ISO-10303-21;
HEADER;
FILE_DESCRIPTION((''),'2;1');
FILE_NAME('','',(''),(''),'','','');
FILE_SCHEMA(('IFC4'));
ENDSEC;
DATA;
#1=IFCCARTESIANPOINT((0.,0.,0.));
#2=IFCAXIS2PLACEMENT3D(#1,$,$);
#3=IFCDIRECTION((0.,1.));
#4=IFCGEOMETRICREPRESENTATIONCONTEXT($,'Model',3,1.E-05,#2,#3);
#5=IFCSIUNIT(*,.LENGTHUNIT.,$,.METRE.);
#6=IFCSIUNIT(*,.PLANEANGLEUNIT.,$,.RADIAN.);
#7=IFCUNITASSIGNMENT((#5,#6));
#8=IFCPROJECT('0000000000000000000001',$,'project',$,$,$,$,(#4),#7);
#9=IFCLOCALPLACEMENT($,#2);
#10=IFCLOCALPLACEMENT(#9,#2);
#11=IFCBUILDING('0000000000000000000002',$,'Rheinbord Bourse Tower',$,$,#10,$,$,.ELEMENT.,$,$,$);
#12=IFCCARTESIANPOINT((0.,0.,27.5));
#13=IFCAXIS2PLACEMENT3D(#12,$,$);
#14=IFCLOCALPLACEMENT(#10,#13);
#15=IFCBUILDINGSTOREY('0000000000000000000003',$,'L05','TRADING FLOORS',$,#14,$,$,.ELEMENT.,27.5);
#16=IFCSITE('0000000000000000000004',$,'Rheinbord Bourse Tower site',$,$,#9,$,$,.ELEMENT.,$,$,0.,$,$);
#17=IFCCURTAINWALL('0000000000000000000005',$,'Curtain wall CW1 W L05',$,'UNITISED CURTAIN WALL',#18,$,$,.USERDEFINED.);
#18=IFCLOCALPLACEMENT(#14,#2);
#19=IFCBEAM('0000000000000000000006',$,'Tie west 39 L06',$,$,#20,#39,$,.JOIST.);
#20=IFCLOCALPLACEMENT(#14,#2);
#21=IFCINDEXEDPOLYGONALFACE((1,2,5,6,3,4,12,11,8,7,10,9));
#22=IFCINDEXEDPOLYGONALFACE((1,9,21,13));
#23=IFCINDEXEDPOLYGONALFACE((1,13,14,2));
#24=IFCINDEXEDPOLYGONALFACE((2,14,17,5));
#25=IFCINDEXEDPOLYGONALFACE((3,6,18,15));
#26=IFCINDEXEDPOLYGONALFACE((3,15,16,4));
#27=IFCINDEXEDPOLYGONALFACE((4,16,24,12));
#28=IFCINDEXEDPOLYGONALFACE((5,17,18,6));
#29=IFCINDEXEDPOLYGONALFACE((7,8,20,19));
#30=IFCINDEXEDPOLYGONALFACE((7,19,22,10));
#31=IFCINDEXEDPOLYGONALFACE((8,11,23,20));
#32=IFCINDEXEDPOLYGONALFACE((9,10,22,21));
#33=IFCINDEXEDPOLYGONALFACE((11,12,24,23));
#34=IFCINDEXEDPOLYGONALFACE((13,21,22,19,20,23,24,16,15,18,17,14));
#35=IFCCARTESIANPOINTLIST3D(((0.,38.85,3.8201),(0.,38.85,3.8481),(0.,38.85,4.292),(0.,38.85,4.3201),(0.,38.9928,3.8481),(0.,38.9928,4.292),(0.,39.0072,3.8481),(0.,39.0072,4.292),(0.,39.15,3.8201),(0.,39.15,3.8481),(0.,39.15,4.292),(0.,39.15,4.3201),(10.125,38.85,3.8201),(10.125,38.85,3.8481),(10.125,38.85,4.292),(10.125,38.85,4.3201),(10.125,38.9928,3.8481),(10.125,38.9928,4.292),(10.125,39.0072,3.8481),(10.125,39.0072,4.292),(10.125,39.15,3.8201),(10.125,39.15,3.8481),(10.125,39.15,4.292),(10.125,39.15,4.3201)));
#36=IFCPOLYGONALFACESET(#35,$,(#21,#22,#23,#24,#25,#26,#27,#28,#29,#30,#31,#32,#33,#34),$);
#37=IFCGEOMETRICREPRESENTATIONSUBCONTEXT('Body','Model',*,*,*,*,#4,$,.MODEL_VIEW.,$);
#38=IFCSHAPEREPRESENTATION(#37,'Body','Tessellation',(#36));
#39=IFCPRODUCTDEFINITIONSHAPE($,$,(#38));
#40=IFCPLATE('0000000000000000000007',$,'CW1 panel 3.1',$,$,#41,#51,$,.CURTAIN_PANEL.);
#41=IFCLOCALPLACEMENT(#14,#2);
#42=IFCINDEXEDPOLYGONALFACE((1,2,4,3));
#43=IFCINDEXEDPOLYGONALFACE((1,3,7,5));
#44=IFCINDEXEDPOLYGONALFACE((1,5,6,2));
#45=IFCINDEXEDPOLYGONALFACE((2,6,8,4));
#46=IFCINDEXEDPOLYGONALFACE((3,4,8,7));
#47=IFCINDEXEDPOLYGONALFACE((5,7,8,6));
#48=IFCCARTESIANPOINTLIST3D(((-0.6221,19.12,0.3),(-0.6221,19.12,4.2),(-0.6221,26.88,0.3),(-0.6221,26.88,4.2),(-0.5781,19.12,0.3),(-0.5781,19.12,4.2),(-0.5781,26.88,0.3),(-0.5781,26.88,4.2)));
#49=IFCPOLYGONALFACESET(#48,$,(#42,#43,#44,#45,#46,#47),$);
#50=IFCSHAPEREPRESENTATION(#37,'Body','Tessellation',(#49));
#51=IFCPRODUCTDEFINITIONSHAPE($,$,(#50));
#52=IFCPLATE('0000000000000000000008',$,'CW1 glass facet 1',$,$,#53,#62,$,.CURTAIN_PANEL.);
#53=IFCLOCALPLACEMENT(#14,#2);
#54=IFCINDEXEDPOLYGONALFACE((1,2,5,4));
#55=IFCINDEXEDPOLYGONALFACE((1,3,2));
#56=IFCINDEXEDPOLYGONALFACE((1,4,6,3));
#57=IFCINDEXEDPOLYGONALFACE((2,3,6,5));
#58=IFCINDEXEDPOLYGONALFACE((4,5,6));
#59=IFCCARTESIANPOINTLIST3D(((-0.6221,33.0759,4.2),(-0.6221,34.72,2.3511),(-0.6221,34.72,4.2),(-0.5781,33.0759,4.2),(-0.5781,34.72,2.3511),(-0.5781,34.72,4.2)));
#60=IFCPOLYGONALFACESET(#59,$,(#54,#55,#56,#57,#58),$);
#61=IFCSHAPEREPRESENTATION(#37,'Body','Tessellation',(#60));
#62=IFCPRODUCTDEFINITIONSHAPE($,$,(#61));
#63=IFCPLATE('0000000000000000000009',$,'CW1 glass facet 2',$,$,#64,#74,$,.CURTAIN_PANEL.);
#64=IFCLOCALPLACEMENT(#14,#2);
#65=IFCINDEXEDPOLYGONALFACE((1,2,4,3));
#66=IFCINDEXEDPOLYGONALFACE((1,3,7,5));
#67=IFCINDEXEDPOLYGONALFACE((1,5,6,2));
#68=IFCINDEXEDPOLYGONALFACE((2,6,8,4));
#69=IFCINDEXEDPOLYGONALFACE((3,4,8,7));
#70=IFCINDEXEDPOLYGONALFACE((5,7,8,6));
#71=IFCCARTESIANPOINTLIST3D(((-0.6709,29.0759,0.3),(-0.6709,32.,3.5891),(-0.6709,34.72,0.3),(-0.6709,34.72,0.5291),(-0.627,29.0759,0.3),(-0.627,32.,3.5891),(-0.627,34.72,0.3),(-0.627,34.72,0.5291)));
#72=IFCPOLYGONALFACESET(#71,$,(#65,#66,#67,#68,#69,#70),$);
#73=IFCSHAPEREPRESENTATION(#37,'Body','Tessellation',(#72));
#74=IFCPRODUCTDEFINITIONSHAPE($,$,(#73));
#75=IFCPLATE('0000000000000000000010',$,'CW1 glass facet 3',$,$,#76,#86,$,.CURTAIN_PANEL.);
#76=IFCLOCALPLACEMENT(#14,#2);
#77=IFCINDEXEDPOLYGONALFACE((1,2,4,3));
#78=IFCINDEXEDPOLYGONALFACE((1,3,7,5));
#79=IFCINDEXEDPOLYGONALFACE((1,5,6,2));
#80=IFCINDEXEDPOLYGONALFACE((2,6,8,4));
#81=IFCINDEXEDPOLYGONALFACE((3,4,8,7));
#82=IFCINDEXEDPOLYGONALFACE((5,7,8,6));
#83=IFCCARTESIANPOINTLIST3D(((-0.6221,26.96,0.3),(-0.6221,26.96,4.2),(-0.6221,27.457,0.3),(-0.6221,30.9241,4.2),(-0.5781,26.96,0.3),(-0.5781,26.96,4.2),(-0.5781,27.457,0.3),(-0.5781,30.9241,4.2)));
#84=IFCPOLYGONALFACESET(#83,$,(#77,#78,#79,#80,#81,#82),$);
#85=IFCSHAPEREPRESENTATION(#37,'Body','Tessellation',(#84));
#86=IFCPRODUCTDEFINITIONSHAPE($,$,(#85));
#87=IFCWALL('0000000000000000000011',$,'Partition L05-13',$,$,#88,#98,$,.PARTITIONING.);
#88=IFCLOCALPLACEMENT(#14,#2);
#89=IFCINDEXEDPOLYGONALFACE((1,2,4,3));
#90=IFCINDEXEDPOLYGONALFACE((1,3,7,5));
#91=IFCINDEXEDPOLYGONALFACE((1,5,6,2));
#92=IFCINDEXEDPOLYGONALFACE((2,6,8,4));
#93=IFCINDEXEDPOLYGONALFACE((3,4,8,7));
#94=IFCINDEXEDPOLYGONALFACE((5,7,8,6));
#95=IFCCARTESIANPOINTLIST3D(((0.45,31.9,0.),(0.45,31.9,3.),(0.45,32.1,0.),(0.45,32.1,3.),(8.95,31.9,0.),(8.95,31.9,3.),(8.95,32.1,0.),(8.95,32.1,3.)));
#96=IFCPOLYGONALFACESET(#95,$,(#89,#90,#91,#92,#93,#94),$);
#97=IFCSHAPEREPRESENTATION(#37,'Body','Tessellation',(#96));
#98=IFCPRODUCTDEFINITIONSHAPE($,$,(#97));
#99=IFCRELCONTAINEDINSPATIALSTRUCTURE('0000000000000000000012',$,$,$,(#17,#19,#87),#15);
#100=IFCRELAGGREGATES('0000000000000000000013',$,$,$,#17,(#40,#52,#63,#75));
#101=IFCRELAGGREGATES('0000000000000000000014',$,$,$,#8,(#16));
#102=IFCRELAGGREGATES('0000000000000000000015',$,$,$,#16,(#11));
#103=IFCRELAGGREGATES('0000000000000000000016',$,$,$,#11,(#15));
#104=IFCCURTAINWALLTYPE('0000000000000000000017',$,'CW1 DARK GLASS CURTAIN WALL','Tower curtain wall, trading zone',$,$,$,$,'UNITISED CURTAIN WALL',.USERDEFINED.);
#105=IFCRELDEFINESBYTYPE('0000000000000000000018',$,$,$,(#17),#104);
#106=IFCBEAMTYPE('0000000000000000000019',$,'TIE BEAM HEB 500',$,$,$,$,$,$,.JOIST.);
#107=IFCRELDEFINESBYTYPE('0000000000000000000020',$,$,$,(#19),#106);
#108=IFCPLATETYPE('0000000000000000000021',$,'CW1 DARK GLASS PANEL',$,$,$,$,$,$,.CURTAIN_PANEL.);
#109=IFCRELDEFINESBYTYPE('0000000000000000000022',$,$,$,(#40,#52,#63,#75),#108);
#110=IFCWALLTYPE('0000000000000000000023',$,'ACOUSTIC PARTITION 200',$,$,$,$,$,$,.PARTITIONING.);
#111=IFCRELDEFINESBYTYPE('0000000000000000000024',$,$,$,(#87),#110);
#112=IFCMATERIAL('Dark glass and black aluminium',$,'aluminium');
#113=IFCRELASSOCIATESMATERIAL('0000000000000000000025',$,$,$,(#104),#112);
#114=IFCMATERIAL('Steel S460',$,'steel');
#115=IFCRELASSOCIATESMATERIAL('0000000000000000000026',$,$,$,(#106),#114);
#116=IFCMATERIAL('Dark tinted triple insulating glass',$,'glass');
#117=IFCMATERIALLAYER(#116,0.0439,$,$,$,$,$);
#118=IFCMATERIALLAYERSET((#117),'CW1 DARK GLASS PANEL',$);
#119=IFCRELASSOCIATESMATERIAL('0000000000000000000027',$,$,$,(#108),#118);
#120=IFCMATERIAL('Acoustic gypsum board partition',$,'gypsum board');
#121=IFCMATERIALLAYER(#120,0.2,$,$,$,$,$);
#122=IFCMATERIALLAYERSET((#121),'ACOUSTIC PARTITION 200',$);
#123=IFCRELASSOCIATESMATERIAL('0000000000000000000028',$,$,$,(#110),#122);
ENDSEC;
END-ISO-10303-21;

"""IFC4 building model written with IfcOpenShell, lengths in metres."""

from ifc_helpers import new_model, si_unit, direction, frame, frame_2d, origin, origin_2d, place, context, subcontext, project, spatial, polyline, rectangle, i_section, outline, extrude, material, layer, layer_set, material_profile, profile_set, type_object, element, aggregate, save


model = new_model("IFC4")

# Units and contexts
model_context = context("Model", 3, precision=1e-05, world=origin(), true_north=direction((0.0, 1.0)))
body_context = subcontext(model_context, "Body", "Model", "MODEL_VIEW")
ifc_project = project(units=[si_unit("LENGTHUNIT", "METRE"), si_unit("PLANEANGLEUNIT", "RADIAN")], contexts=[model_context])

# Site, building, storey
site_placement = place(None, origin())
site = spatial("IfcSite", under=ifc_project, at=site_placement, Name="Rheinbord Bourse Tower site", CompositionType="ELEMENT", RefElevation=0.0)
building_placement = place(site_placement, origin())
building = spatial("IfcBuilding", under=site, at=building_placement, Name="Rheinbord Bourse Tower", CompositionType="ELEMENT")
storey_placement = place(building_placement, frame((0.0, 0.0, 27.5)))
storey = spatial("IfcBuildingStorey", under=building, at=storey_placement, Name="L05", Description="TRADING FLOORS", CompositionType="ELEMENT", Elevation=27.5)

# Curtain wall
ifc_material_1 = material(Name="Dark glass and black aluminium", Category="aluminium")
curtain_wall_type = type_object("IfcCurtainWallType", Name="CW1 DARK GLASS CURTAIN WALL", Description="Tower curtain wall, trading zone", ElementType="UNITISED CURTAIN WALL", PredefinedType="USERDEFINED", material=ifc_material_1)
curtain_wall_placement = place(storey_placement, origin())
curtain_wall = element("IfcCurtainWall", 1, at=curtain_wall_placement, inside=storey, type_object=curtain_wall_type, Name="Curtain wall CW1 W L05", ObjectType="UNITISED CURTAIN WALL", PredefinedType="USERDEFINED")

# Beam
ifc_material_2 = material(Name="Steel S460", Category="steel")
ifc_material_profile_1 = material_profile(ifc_material_2, i_section(OverallWidth=0.3, OverallDepth=0.5, WebThickness=0.0144, FlangeThickness=0.0281, at=origin_2d()), Name="HEB 500")
ifc_profile_set_1 = profile_set([ifc_material_profile_1], Name="Steel S460")
beam_type_1 = type_object("IfcBeamType", Name="TIE BEAM HEB 500", PredefinedType="JOIST", material=ifc_profile_set_1)
for number, where, z_axis, x_axis, name in (
    (2, (0.0, 39.0, 4.0701), (1.0, 0.0, 0.0), (0.0, 1.0, 0.0), "Tie west 39 L06"),
):
    element("IfcBeam", number, at=place(storey_placement, frame(where, z_axis=z_axis, x_axis=x_axis)), inside=storey, type_object=beam_type_1, Name=name, PredefinedType="JOIST", context=body_context, shape_type="SweptSolid", body=[
        extrude(i_section(OverallWidth=0.3, OverallDepth=0.5, WebThickness=0.0144, FlangeThickness=0.0281, at=origin_2d()), origin(), (0.0, 0.0, 1.0), 10.125),
    ])

# Plates
ifc_material_3 = material(Name="Dark tinted triple insulating glass", Category="glass")
ifc_layer_1 = layer(ifc_material_3, 0.0439)
ifc_layer_set_1 = layer_set([ifc_layer_1], Name="CW1 DARK GLASS PANEL")
plate_type = type_object("IfcPlateType", Name="CW1 DARK GLASS PANEL", PredefinedType="CURTAIN_PANEL", material=ifc_layer_set_1)
plate_1_placement = place(storey_placement, frame((-0.6001, 23.0, 0.3), z_axis=(0.0, 0.0, 1.0), x_axis=(0.0, -1.0, 0.0)))
plate_1 = element("IfcPlate", 3, at=plate_1_placement, type_object=plate_type, Name="CW1 panel 3.1", PredefinedType="CURTAIN_PANEL", context=body_context, shape_type="SweptSolid", body=[
    extrude(rectangle(XDim=7.76, YDim=0.0439, at=origin_2d()), origin(), (0.0, 0.0, 1.0), 3.8999),
])
plate_2_placement = place(storey_placement, frame((-0.6221, 34.72, 4.2), z_axis=(1.0, 0.0, 0.0), x_axis=(0.0, -1.0, 0.0)))
plate_2 = element("IfcPlate", 4, at=plate_2_placement, type_object=plate_type, Name="CW1 glass facet 1", PredefinedType="CURTAIN_PANEL", context=body_context, shape_type="SweptSolid", body=[
    extrude(outline(polyline([(0.0, 0.0), (1.644, 0.0), (0.0, 1.8489), (0.0, 0.0)])), origin(), (0.0, 0.0, 1.0), 0.0439),
])
plate_3_placement = place(storey_placement, frame((-0.6709, 34.72, 0.3), z_axis=(1.0, 0.0, 0.0), x_axis=(0.0, 0.0, 1.0)))
plate_3 = element("IfcPlate", 5, at=plate_3_placement, type_object=plate_type, Name="CW1 glass facet 2", PredefinedType="CURTAIN_PANEL", context=body_context, shape_type="SweptSolid", body=[
    extrude(outline(polyline([(0.0, 0.0), (0.229, 0.0), (3.2891, 2.72), (0.0, 5.644), (0.0, 0.0)])), origin(), (0.0, 0.0, 1.0), 0.0439),
])
plate_4_placement = place(storey_placement, frame((-0.6221, 26.96, 4.2), z_axis=(1.0, 0.0, 0.0), x_axis=(0.0, 0.0, -1.0)))
plate_4 = element("IfcPlate", 6, at=plate_4_placement, type_object=plate_type, Name="CW1 glass facet 3", PredefinedType="CURTAIN_PANEL", context=body_context, shape_type="SweptSolid", body=[
    extrude(outline(polyline([(0.0, 0.0), (3.8999, 0.0), (3.8999, 0.4971), (0.0, 3.9641), (0.0, 0.0)])), origin(), (0.0, 0.0, 1.0), 0.0439),
])
aggregate(curtain_wall, [plate_1, plate_2, plate_3, plate_4])

# Wall
ifc_material_4 = material(Name="Acoustic gypsum board partition", Category="gypsum board")
ifc_layer_2 = layer(ifc_material_4, 0.2)
ifc_layer_set_2 = layer_set([ifc_layer_2], Name="ACOUSTIC PARTITION 200")
wall_type = type_object("IfcWallType", Name="ACOUSTIC PARTITION 200", PredefinedType="PARTITIONING", material=ifc_layer_set_2)
wall_placement = place(storey_placement, frame((0.45, 32.0, 0.0), z_axis=(0.0, 0.0, 1.0), x_axis=(1.0, 0.0, 0.0)))
element("IfcWall", 7, at=wall_placement, inside=storey, type_object=wall_type, Name="Partition L05-13", PredefinedType="PARTITIONING", context=body_context, shape_type="SweptSolid", body=[
    extrude(rectangle(XDim=8.5, YDim=0.2, at=frame_2d((4.25, 0.0))), origin(), (0.0, 0.0, 1.0), 3.0),
])

save(model, "model.ifc")
